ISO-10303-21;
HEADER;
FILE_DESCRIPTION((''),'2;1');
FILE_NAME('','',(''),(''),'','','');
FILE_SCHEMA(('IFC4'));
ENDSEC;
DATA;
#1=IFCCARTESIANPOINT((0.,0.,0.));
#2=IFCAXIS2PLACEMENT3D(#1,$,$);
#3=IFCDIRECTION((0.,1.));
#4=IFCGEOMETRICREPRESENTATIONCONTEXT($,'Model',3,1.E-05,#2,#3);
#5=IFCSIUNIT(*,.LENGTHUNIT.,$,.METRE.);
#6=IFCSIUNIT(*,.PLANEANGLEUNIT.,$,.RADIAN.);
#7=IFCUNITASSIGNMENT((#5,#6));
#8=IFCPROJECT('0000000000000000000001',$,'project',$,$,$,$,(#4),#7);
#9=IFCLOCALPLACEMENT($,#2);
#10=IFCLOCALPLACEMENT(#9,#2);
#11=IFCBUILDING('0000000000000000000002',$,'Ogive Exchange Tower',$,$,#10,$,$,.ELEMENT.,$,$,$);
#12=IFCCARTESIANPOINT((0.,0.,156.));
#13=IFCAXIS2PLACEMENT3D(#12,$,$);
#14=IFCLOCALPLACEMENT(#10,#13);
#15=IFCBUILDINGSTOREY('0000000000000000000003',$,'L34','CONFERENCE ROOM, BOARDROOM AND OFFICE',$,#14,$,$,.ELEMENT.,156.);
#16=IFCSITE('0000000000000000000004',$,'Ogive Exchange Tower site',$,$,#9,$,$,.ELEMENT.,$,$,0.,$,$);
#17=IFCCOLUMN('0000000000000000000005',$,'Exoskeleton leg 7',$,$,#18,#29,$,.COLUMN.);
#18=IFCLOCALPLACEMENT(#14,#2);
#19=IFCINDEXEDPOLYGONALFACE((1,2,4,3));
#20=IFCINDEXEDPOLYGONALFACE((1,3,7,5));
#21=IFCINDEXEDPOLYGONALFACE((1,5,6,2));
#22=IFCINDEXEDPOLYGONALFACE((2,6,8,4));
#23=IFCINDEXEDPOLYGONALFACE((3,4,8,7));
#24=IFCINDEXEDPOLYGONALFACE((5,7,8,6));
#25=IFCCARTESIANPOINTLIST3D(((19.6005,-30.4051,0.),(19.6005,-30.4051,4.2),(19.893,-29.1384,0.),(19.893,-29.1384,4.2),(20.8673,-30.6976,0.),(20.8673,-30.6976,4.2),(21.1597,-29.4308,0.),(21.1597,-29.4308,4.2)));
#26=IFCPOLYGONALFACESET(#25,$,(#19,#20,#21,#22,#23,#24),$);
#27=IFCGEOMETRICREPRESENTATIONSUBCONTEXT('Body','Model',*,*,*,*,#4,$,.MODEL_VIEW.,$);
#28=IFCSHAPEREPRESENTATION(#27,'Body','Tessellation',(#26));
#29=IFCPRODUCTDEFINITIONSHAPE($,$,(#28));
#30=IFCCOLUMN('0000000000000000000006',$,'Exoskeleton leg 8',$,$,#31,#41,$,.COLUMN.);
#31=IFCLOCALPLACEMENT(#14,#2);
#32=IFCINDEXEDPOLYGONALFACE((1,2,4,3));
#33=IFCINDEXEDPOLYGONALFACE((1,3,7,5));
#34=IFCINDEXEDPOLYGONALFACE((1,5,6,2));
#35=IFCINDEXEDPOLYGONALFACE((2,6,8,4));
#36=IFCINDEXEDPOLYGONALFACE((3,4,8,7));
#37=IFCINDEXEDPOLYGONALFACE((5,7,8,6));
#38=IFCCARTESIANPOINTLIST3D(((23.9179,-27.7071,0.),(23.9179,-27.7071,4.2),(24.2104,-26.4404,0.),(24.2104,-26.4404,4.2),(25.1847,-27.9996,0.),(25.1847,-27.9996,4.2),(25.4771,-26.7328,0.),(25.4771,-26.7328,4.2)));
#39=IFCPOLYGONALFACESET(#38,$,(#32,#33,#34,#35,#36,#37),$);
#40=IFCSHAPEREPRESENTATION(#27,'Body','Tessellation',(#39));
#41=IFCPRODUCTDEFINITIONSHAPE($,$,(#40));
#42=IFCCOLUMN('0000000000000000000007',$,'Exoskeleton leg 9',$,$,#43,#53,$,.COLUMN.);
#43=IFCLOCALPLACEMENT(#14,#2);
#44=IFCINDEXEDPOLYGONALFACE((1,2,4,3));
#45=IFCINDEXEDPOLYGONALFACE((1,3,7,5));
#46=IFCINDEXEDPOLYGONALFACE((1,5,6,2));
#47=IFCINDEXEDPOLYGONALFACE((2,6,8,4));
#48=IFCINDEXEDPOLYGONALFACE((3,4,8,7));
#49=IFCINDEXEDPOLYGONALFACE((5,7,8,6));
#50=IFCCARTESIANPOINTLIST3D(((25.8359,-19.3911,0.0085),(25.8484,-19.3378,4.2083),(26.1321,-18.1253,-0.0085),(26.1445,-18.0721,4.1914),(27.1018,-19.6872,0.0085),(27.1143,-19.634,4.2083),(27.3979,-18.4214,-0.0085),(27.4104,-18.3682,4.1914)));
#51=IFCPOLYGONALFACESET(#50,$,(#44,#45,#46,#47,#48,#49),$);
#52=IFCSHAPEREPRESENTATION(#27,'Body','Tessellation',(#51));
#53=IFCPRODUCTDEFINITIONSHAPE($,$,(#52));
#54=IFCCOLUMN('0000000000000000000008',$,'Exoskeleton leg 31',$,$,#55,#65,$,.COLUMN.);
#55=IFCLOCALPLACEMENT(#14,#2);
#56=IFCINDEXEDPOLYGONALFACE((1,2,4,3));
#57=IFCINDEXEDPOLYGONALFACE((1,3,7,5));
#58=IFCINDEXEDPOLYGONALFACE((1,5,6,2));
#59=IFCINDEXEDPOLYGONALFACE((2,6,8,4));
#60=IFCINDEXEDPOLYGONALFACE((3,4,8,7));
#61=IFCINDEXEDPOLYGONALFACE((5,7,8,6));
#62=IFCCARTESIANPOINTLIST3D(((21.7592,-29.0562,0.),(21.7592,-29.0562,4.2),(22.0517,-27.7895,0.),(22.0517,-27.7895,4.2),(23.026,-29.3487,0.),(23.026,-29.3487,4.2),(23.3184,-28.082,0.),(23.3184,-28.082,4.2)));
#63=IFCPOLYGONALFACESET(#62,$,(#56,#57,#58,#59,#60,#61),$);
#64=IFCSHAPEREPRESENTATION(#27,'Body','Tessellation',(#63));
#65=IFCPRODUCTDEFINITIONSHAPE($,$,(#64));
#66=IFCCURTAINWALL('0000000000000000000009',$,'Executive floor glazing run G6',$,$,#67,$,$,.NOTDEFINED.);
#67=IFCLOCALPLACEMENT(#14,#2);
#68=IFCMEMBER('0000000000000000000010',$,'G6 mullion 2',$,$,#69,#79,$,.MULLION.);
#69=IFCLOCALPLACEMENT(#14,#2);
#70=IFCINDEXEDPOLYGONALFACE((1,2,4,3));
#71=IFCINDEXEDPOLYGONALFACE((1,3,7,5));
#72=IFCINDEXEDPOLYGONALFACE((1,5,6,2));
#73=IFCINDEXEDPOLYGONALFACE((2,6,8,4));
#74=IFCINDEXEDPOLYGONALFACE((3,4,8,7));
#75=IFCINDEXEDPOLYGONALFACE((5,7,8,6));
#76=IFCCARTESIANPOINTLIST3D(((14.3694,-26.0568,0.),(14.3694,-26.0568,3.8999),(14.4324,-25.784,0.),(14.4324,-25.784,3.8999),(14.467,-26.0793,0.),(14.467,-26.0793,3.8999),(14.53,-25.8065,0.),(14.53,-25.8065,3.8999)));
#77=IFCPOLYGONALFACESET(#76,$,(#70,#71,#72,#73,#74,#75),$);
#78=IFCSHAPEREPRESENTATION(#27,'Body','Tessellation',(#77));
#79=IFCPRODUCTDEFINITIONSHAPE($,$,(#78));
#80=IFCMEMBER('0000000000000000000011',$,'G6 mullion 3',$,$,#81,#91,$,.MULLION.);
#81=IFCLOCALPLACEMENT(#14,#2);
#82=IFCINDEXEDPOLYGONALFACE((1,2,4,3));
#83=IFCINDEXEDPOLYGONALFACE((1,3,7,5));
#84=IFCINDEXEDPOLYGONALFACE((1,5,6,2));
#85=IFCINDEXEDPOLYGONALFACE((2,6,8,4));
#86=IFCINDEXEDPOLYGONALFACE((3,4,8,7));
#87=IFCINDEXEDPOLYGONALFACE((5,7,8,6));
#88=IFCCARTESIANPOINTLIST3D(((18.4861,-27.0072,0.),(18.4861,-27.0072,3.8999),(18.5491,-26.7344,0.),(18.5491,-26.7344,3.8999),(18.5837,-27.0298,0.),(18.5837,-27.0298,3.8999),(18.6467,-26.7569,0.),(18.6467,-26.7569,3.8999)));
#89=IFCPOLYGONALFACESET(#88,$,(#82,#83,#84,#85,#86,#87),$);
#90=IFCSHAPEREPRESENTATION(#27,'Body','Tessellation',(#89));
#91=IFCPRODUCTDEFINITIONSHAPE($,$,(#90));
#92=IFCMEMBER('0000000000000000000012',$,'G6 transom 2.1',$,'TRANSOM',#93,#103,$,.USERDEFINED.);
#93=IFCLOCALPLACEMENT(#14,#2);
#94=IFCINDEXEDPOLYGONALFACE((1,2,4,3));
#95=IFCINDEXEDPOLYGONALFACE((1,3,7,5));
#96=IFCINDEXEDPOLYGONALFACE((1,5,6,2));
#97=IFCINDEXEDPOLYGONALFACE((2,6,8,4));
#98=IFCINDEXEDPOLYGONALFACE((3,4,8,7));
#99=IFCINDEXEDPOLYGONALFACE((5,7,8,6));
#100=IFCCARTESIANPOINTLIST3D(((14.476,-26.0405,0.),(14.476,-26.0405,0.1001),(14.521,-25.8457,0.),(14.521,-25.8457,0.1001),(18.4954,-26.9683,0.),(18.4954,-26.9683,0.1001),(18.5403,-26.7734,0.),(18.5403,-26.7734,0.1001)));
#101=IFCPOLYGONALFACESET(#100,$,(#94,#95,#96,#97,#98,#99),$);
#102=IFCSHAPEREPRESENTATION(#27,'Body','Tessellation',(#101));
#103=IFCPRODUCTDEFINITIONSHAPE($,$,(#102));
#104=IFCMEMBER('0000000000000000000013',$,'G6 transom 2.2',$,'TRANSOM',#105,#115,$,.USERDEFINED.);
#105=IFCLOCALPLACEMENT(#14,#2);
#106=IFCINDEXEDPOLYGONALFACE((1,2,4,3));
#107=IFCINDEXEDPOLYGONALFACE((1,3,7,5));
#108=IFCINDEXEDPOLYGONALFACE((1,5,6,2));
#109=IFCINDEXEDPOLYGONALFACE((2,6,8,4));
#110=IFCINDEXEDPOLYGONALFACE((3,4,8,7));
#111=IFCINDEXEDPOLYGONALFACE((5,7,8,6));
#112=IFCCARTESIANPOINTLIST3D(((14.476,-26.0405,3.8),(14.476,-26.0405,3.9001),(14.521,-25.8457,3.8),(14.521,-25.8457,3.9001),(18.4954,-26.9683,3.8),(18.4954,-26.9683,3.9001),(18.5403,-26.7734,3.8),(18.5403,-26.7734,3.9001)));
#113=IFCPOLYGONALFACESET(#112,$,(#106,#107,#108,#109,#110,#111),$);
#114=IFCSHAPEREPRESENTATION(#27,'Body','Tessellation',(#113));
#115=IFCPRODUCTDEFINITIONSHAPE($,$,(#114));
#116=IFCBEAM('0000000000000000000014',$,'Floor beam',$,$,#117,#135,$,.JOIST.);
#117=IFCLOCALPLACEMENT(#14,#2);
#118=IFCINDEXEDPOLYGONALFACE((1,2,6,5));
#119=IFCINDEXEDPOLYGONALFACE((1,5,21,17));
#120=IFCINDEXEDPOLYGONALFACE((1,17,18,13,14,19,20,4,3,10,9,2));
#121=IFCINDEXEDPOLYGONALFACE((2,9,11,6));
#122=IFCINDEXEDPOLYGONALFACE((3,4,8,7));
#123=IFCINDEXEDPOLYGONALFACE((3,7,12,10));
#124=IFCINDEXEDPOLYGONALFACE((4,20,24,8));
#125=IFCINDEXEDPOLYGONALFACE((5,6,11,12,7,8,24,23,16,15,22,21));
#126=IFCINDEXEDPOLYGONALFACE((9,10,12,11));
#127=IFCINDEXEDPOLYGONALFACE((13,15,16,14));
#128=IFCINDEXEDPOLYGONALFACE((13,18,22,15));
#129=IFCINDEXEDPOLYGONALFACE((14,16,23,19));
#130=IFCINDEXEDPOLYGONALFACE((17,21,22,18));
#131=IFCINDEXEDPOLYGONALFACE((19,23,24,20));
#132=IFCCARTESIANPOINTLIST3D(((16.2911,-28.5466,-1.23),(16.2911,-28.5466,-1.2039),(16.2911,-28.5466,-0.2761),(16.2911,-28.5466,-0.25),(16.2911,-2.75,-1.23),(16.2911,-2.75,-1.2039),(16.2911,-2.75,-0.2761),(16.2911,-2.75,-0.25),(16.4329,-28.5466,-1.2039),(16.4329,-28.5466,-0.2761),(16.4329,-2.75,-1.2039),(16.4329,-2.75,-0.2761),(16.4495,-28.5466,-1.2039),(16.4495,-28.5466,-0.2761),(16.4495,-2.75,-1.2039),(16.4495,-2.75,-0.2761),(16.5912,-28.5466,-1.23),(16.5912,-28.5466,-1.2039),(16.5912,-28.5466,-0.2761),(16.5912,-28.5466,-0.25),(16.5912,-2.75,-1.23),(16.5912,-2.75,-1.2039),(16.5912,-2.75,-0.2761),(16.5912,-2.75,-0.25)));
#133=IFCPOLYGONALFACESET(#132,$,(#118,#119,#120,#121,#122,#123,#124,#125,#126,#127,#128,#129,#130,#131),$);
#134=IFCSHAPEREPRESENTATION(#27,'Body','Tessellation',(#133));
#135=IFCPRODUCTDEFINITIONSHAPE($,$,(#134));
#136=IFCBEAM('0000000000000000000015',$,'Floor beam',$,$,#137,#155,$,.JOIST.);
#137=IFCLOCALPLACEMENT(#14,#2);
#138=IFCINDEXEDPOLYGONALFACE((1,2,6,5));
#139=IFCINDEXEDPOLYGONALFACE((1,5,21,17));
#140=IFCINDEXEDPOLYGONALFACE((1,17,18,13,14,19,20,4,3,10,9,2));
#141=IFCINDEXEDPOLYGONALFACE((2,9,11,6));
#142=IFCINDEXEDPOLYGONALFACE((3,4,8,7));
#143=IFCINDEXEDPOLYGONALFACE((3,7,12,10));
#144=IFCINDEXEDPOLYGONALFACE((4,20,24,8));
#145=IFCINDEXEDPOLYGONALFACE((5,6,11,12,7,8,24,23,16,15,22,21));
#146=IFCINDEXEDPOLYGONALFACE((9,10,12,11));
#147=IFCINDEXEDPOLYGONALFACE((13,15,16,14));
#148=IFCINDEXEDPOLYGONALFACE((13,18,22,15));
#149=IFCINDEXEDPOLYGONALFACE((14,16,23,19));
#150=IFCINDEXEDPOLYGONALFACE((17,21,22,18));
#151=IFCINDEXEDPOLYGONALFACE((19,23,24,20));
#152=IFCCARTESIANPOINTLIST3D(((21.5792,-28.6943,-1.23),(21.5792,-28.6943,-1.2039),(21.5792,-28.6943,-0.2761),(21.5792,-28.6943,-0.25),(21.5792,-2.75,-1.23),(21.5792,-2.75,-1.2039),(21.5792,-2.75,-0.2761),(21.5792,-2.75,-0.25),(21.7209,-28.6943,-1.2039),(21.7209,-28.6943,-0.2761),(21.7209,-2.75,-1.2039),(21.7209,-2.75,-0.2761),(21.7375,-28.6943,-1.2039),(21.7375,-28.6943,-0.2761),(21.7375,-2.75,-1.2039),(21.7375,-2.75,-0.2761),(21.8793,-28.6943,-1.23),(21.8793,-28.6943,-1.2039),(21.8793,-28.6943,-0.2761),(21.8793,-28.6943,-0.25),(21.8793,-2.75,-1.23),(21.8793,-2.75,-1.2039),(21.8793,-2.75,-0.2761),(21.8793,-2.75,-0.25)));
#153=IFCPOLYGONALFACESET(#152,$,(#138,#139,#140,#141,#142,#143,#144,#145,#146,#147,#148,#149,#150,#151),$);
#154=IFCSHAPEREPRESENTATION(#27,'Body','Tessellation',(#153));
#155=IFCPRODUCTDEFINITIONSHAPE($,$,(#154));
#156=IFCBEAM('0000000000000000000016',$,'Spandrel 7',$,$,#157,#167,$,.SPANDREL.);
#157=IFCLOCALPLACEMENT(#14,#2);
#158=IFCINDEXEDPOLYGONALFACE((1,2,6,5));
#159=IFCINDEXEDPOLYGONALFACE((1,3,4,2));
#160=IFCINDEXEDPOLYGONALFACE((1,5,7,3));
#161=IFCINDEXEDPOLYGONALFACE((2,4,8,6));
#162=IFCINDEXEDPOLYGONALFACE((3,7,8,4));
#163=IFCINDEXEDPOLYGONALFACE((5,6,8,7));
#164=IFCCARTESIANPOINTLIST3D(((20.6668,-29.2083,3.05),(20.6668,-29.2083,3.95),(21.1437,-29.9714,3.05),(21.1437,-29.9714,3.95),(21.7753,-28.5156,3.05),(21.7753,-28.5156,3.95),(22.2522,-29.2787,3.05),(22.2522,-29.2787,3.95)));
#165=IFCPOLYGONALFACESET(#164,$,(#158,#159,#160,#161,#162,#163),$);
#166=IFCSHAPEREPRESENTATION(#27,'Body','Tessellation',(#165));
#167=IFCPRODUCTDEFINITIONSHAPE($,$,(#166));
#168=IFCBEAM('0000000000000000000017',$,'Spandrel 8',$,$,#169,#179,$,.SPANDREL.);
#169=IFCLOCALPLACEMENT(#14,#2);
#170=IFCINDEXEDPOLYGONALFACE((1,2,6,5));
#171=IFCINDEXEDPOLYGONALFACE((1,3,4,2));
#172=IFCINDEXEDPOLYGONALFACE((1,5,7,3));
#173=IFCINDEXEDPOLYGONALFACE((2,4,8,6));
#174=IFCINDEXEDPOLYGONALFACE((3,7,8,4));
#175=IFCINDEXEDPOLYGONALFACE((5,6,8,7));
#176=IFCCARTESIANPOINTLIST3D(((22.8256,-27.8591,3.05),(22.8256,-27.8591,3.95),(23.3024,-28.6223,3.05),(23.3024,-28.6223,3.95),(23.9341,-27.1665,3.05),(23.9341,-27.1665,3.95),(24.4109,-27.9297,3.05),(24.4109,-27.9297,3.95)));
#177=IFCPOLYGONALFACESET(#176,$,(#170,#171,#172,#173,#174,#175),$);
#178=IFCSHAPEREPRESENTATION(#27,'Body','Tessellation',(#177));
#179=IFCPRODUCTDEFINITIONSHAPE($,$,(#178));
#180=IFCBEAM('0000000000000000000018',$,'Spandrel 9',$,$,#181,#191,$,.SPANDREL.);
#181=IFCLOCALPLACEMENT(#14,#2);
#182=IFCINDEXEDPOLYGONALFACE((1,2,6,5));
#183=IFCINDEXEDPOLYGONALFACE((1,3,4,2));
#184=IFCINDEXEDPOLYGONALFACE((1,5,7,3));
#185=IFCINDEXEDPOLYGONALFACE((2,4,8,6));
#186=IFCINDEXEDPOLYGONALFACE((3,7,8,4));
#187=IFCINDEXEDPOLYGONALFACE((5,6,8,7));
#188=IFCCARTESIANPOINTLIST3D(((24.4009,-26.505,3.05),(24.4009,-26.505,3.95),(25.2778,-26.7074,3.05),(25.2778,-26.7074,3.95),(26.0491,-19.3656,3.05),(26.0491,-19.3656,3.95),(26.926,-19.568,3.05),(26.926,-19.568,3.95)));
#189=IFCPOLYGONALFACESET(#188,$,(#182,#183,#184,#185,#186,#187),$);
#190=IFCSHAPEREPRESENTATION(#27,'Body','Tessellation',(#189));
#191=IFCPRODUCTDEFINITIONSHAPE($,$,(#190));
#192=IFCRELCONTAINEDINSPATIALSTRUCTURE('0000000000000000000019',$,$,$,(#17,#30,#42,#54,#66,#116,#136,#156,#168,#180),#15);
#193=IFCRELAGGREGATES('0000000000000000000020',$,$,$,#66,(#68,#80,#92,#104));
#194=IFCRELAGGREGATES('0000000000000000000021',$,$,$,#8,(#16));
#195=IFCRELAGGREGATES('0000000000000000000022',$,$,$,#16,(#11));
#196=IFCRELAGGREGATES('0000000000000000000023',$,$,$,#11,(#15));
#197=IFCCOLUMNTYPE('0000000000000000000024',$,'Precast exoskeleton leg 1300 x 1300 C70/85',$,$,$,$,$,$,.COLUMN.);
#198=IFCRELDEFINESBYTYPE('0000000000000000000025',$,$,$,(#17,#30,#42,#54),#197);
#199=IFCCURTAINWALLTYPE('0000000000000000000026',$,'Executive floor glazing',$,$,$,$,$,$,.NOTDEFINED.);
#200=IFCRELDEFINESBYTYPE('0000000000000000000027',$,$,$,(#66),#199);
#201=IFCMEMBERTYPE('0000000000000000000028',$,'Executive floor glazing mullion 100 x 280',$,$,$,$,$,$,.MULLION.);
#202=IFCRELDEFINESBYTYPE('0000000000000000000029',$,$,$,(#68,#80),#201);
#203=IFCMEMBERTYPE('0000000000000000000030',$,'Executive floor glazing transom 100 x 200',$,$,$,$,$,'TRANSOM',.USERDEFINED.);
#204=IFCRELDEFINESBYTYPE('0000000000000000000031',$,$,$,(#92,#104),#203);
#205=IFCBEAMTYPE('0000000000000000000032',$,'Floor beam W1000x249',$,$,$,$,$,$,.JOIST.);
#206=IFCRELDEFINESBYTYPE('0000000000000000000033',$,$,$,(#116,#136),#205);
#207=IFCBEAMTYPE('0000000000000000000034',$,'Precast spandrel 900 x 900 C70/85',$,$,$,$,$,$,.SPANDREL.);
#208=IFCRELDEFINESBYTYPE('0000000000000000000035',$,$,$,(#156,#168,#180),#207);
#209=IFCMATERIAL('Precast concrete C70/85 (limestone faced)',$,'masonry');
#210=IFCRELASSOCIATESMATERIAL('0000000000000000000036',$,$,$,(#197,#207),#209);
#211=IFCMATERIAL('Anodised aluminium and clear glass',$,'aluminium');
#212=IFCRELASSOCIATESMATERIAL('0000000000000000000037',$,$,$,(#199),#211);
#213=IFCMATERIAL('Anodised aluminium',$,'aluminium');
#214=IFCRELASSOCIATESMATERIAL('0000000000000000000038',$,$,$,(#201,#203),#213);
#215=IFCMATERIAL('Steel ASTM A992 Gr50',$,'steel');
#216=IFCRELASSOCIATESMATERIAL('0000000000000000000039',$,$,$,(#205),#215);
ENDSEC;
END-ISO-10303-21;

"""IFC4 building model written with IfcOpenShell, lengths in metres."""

from ifc_helpers import new_model, si_unit, direction, frame, origin, origin_2d, place, context, subcontext, project, spatial, rectangle, i_section, extrude, material, material_profile, profile_set, type_object, element, aggregate, save


model = new_model("IFC4")

# Units and contexts
model_context = context("Model", 3, precision=1e-05, world=origin(), true_north=direction((0.0, 1.0)))
body_context = subcontext(model_context, "Body", "Model", "MODEL_VIEW")
ifc_project = project(units=[si_unit("LENGTHUNIT", "METRE"), si_unit("PLANEANGLEUNIT", "RADIAN")], contexts=[model_context])

# Site, building, storey
site_placement = place(None, origin())
site = spatial("IfcSite", under=ifc_project, at=site_placement, Name="Ogive Exchange Tower site", CompositionType="ELEMENT", RefElevation=0.0)
building_placement = place(site_placement, origin())
building = spatial("IfcBuilding", under=site, at=building_placement, Name="Ogive Exchange Tower", CompositionType="ELEMENT")
storey_placement = place(building_placement, frame((0.0, 0.0, 156.0)))
storey = spatial("IfcBuildingStorey", under=building, at=storey_placement, Name="L34", Description="CONFERENCE ROOM, BOARDROOM AND OFFICE", CompositionType="ELEMENT", Elevation=156.0)

# Columns
ifc_material_1 = material(Name="Precast concrete C70/85 (limestone faced)", Category="masonry")
ifc_material_profile_1 = material_profile(ifc_material_1, rectangle(XDim=1.3, YDim=1.3, at=origin_2d()), Name="1300 x 1300")
ifc_profile_set_1 = profile_set([ifc_material_profile_1], Name="Precast concrete C70/85 (limestone faced)")
column_type = type_object("IfcColumnType", Name="Precast exoskeleton leg 1300 x 1300 C70/85", PredefinedType="COLUMN", material=ifc_profile_set_1)
for number, where, z_axis, x_axis, name in (
    (1, (20.3801, -29.918, 0.0), (0.0, 0.0, 1.0), (0.97437, -0.224951, 0.0), "Exoskeleton leg 7"),
    (2, (24.6975, -27.22, 0.0), (0.0, 0.0, 1.0), (0.97437, -0.224951, 0.0), "Exoskeleton leg 8"),
):
    element("IfcColumn", number, at=place(storey_placement, frame(where, z_axis=z_axis, x_axis=x_axis)), inside=storey, type_object=column_type, Name=name, PredefinedType="COLUMN", context=body_context, shape_type="SweptSolid", body=[
        extrude(rectangle(XDim=1.3, YDim=1.3, at=origin_2d()), origin(), (0.0, 0.0, 1.0), 4.2),
    ])
column_1_placement = place(storey_placement, frame((26.6169, -18.9062, 0.0), z_axis=(0.002964, 0.012671, 0.999915), x_axis=(-0.973709, 0.227794, 0.0)))
element("IfcColumn", 3, at=column_1_placement, inside=storey, type_object=column_type, Name="Exoskeleton leg 9", PredefinedType="COLUMN", context=body_context, shape_type="SweptSolid", body=[
    extrude(rectangle(XDim=1.3, YDim=1.3, at=origin_2d()), origin(), (0.0, 0.0, 1.0), 4.2002),
])
column_2_placement = place(storey_placement, frame((22.5388, -28.5691, 0.0), z_axis=(0.0, 0.0, 1.0), x_axis=(0.97437, -0.224951, 0.0)))
element("IfcColumn", 4, at=column_2_placement, inside=storey, type_object=column_type, Name="Exoskeleton leg 31", PredefinedType="COLUMN", context=body_context, shape_type="SweptSolid", body=[
    extrude(rectangle(XDim=1.3, YDim=1.3, at=origin_2d()), origin(), (0.0, 0.0, 1.0), 4.2),
])

# Curtain wall, members
ifc_material_2 = material(Name="Anodised aluminium and clear glass", Category="aluminium")
curtain_wall_type = type_object("IfcCurtainWallType", Name="Executive floor glazing", PredefinedType="NOTDEFINED", material=ifc_material_2)
curtain_wall_placement = place(storey_placement, origin())
curtain_wall = element("IfcCurtainWall", 5, at=curtain_wall_placement, inside=storey, type_object=curtain_wall_type, Name="Executive floor glazing run G6", PredefinedType="NOTDEFINED")
ifc_material_3 = material(Name="Anodised aluminium", Category="aluminium")
ifc_material_profile_2 = material_profile(ifc_material_3, rectangle(XDim=0.28, YDim=0.1001, at=origin_2d()), Name="AL 100x280")
ifc_profile_set_2 = profile_set([ifc_material_profile_2], Name="Anodised aluminium")
member_type_1 = type_object("IfcMemberType", Name="Executive floor glazing mullion 100 x 280", PredefinedType="MULLION", material=ifc_profile_set_2)
member_1_placement = place(storey_placement, frame((14.4497, -25.9316, 0.0), z_axis=(0.0, 0.0, 1.0), x_axis=(0.224949, 0.97437, 0.0)))
member_1 = element("IfcMember", 6, at=member_1_placement, type_object=member_type_1, Name="G6 mullion 2", PredefinedType="MULLION", context=body_context, shape_type="SweptSolid", body=[
    extrude(rectangle(XDim=0.28, YDim=0.1001, at=origin_2d()), origin(), (0.0, 0.0, 1.0), 3.8999),
])
member_2_placement = place(storey_placement, frame((18.5664, -26.8821, 0.0), z_axis=(0.0, 0.0, 1.0), x_axis=(0.224949, 0.97437, 0.0)))
member_2 = element("IfcMember", 7, at=member_2_placement, type_object=member_type_1, Name="G6 mullion 3", PredefinedType="MULLION", context=body_context, shape_type="SweptSolid", body=[
    extrude(rectangle(XDim=0.28, YDim=0.1001, at=origin_2d()), origin(), (0.0, 0.0, 1.0), 3.8999),
])
ifc_material_profile_3 = material_profile(ifc_material_3, rectangle(XDim=0.2, YDim=0.1001, at=origin_2d()), Name="AL 100x200")
ifc_profile_set_3 = profile_set([ifc_material_profile_3], Name="Anodised aluminium")
member_type_2 = type_object("IfcMemberType", Name="Executive floor glazing transom 100 x 200", ElementType="TRANSOM", PredefinedType="USERDEFINED", material=ifc_profile_set_3)
member_3_placement = place(storey_placement, frame((14.4985, -25.9431, 0.05), z_axis=(0.97438, -0.224907, 0.0), x_axis=(0.224907, 0.97438, 0.0)))
member_3 = element("IfcMember", 8, at=member_3_placement, type_object=member_type_2, Name="G6 transom 2.1", ObjectType="TRANSOM", PredefinedType="USERDEFINED", context=body_context, shape_type="SweptSolid", body=[
    extrude(rectangle(XDim=0.2, YDim=0.1001, at=origin_2d()), origin(), (0.0, 0.0, 1.0), 4.125),
])
member_4_placement = place(storey_placement, frame((14.4985, -25.9431, 3.8501), z_axis=(0.97438, -0.224907, 0.0), x_axis=(0.224907, 0.97438, 0.0)))
member_4 = element("IfcMember", 9, at=member_4_placement, type_object=member_type_2, Name="G6 transom 2.2", ObjectType="TRANSOM", PredefinedType="USERDEFINED", context=body_context, shape_type="SweptSolid", body=[
    extrude(rectangle(XDim=0.2, YDim=0.1001, at=origin_2d()), origin(), (0.0, 0.0, 1.0), 4.125),
])

# Beams
ifc_material_4 = material(Name="Steel ASTM A992 Gr50", Category="steel")
ifc_material_profile_4 = material_profile(ifc_material_4, i_section(OverallWidth=0.3, OverallDepth=0.98, WebThickness=0.0166, FlangeThickness=0.0261, at=origin_2d()), Name="W1000x249")
ifc_profile_set_4 = profile_set([ifc_material_profile_4], Name="Steel ASTM A992 Gr50")
beam_type_1 = type_object("IfcBeamType", Name="Floor beam W1000x249", PredefinedType="JOIST", material=ifc_profile_set_4)
beam_1_placement = place(storey_placement, frame((16.4412, -28.5466, -0.74), z_axis=(0.0, 1.0, 0.0), x_axis=(-1.0, 0.0, 0.0)))
element("IfcBeam", 10, at=beam_1_placement, inside=storey, type_object=beam_type_1, Name="Floor beam", PredefinedType="JOIST", context=body_context, shape_type="SweptSolid", body=[
    extrude(i_section(OverallWidth=0.3, OverallDepth=0.98, WebThickness=0.0166, FlangeThickness=0.0261, at=origin_2d()), origin(), (0.0, 0.0, 1.0), 25.7966),
])
beam_2_placement = place(storey_placement, frame((21.7292, -28.6943, -0.74), z_axis=(0.0, 1.0, 0.0), x_axis=(-1.0, 0.0, 0.0)))
element("IfcBeam", 11, at=beam_2_placement, inside=storey, type_object=beam_type_1, Name="Floor beam", PredefinedType="JOIST", context=body_context, shape_type="SweptSolid", body=[
    extrude(i_section(OverallWidth=0.3, OverallDepth=0.98, WebThickness=0.0166, FlangeThickness=0.0261, at=origin_2d()), origin(), (0.0, 0.0, 1.0), 25.9443),
])
ifc_material_profile_5 = material_profile(ifc_material_1, rectangle(XDim=0.8999, YDim=0.8999, at=origin_2d()), Name="900 x 900")
ifc_profile_set_5 = profile_set([ifc_material_profile_5], Name="Precast concrete C70/85 (limestone faced)")
beam_type_2 = type_object("IfcBeamType", Name="Precast spandrel 900 x 900 C70/85", PredefinedType="SPANDREL", material=ifc_profile_set_5)
for number, where, z_axis, x_axis, name in (
    (12, (20.9053, -29.5898, 3.5), (0.84804, 0.529932, 0.0), (-0.529932, 0.84804, 0.0), "Spandrel 7"),
    (13, (23.064, -28.2407, 3.5), (0.848093, 0.529848, 0.0), (-0.529848, 0.848093, 0.0), "Spandrel 8"),
):
    element("IfcBeam", number, at=place(storey_placement, frame(where, z_axis=z_axis, x_axis=x_axis)), inside=storey, type_object=beam_type_2, Name=name, PredefinedType="SPANDREL", context=body_context, shape_type="SweptSolid", body=[
        extrude(rectangle(XDim=0.8999, YDim=0.8999, at=origin_2d()), origin(), (0.0, 0.0, 1.0), 1.3071),
    ])
beam_3_placement = place(storey_placement, frame((24.8394, -26.6062, 3.5), z_axis=(0.224942, 0.974372, 0.0), x_axis=(-0.974372, 0.224942, 0.0)))
element("IfcBeam", 14, at=beam_3_placement, inside=storey, type_object=beam_type_2, Name="Spandrel 9", PredefinedType="SPANDREL", context=body_context, shape_type="SweptSolid", body=[
    extrude(rectangle(XDim=0.8999, YDim=0.8999, at=origin_2d()), origin(), (0.0, 0.0, 1.0), 7.3271),
])

aggregate(curtain_wall, [member_1, member_2, member_3, member_4])

save(model, "model.ifc")
